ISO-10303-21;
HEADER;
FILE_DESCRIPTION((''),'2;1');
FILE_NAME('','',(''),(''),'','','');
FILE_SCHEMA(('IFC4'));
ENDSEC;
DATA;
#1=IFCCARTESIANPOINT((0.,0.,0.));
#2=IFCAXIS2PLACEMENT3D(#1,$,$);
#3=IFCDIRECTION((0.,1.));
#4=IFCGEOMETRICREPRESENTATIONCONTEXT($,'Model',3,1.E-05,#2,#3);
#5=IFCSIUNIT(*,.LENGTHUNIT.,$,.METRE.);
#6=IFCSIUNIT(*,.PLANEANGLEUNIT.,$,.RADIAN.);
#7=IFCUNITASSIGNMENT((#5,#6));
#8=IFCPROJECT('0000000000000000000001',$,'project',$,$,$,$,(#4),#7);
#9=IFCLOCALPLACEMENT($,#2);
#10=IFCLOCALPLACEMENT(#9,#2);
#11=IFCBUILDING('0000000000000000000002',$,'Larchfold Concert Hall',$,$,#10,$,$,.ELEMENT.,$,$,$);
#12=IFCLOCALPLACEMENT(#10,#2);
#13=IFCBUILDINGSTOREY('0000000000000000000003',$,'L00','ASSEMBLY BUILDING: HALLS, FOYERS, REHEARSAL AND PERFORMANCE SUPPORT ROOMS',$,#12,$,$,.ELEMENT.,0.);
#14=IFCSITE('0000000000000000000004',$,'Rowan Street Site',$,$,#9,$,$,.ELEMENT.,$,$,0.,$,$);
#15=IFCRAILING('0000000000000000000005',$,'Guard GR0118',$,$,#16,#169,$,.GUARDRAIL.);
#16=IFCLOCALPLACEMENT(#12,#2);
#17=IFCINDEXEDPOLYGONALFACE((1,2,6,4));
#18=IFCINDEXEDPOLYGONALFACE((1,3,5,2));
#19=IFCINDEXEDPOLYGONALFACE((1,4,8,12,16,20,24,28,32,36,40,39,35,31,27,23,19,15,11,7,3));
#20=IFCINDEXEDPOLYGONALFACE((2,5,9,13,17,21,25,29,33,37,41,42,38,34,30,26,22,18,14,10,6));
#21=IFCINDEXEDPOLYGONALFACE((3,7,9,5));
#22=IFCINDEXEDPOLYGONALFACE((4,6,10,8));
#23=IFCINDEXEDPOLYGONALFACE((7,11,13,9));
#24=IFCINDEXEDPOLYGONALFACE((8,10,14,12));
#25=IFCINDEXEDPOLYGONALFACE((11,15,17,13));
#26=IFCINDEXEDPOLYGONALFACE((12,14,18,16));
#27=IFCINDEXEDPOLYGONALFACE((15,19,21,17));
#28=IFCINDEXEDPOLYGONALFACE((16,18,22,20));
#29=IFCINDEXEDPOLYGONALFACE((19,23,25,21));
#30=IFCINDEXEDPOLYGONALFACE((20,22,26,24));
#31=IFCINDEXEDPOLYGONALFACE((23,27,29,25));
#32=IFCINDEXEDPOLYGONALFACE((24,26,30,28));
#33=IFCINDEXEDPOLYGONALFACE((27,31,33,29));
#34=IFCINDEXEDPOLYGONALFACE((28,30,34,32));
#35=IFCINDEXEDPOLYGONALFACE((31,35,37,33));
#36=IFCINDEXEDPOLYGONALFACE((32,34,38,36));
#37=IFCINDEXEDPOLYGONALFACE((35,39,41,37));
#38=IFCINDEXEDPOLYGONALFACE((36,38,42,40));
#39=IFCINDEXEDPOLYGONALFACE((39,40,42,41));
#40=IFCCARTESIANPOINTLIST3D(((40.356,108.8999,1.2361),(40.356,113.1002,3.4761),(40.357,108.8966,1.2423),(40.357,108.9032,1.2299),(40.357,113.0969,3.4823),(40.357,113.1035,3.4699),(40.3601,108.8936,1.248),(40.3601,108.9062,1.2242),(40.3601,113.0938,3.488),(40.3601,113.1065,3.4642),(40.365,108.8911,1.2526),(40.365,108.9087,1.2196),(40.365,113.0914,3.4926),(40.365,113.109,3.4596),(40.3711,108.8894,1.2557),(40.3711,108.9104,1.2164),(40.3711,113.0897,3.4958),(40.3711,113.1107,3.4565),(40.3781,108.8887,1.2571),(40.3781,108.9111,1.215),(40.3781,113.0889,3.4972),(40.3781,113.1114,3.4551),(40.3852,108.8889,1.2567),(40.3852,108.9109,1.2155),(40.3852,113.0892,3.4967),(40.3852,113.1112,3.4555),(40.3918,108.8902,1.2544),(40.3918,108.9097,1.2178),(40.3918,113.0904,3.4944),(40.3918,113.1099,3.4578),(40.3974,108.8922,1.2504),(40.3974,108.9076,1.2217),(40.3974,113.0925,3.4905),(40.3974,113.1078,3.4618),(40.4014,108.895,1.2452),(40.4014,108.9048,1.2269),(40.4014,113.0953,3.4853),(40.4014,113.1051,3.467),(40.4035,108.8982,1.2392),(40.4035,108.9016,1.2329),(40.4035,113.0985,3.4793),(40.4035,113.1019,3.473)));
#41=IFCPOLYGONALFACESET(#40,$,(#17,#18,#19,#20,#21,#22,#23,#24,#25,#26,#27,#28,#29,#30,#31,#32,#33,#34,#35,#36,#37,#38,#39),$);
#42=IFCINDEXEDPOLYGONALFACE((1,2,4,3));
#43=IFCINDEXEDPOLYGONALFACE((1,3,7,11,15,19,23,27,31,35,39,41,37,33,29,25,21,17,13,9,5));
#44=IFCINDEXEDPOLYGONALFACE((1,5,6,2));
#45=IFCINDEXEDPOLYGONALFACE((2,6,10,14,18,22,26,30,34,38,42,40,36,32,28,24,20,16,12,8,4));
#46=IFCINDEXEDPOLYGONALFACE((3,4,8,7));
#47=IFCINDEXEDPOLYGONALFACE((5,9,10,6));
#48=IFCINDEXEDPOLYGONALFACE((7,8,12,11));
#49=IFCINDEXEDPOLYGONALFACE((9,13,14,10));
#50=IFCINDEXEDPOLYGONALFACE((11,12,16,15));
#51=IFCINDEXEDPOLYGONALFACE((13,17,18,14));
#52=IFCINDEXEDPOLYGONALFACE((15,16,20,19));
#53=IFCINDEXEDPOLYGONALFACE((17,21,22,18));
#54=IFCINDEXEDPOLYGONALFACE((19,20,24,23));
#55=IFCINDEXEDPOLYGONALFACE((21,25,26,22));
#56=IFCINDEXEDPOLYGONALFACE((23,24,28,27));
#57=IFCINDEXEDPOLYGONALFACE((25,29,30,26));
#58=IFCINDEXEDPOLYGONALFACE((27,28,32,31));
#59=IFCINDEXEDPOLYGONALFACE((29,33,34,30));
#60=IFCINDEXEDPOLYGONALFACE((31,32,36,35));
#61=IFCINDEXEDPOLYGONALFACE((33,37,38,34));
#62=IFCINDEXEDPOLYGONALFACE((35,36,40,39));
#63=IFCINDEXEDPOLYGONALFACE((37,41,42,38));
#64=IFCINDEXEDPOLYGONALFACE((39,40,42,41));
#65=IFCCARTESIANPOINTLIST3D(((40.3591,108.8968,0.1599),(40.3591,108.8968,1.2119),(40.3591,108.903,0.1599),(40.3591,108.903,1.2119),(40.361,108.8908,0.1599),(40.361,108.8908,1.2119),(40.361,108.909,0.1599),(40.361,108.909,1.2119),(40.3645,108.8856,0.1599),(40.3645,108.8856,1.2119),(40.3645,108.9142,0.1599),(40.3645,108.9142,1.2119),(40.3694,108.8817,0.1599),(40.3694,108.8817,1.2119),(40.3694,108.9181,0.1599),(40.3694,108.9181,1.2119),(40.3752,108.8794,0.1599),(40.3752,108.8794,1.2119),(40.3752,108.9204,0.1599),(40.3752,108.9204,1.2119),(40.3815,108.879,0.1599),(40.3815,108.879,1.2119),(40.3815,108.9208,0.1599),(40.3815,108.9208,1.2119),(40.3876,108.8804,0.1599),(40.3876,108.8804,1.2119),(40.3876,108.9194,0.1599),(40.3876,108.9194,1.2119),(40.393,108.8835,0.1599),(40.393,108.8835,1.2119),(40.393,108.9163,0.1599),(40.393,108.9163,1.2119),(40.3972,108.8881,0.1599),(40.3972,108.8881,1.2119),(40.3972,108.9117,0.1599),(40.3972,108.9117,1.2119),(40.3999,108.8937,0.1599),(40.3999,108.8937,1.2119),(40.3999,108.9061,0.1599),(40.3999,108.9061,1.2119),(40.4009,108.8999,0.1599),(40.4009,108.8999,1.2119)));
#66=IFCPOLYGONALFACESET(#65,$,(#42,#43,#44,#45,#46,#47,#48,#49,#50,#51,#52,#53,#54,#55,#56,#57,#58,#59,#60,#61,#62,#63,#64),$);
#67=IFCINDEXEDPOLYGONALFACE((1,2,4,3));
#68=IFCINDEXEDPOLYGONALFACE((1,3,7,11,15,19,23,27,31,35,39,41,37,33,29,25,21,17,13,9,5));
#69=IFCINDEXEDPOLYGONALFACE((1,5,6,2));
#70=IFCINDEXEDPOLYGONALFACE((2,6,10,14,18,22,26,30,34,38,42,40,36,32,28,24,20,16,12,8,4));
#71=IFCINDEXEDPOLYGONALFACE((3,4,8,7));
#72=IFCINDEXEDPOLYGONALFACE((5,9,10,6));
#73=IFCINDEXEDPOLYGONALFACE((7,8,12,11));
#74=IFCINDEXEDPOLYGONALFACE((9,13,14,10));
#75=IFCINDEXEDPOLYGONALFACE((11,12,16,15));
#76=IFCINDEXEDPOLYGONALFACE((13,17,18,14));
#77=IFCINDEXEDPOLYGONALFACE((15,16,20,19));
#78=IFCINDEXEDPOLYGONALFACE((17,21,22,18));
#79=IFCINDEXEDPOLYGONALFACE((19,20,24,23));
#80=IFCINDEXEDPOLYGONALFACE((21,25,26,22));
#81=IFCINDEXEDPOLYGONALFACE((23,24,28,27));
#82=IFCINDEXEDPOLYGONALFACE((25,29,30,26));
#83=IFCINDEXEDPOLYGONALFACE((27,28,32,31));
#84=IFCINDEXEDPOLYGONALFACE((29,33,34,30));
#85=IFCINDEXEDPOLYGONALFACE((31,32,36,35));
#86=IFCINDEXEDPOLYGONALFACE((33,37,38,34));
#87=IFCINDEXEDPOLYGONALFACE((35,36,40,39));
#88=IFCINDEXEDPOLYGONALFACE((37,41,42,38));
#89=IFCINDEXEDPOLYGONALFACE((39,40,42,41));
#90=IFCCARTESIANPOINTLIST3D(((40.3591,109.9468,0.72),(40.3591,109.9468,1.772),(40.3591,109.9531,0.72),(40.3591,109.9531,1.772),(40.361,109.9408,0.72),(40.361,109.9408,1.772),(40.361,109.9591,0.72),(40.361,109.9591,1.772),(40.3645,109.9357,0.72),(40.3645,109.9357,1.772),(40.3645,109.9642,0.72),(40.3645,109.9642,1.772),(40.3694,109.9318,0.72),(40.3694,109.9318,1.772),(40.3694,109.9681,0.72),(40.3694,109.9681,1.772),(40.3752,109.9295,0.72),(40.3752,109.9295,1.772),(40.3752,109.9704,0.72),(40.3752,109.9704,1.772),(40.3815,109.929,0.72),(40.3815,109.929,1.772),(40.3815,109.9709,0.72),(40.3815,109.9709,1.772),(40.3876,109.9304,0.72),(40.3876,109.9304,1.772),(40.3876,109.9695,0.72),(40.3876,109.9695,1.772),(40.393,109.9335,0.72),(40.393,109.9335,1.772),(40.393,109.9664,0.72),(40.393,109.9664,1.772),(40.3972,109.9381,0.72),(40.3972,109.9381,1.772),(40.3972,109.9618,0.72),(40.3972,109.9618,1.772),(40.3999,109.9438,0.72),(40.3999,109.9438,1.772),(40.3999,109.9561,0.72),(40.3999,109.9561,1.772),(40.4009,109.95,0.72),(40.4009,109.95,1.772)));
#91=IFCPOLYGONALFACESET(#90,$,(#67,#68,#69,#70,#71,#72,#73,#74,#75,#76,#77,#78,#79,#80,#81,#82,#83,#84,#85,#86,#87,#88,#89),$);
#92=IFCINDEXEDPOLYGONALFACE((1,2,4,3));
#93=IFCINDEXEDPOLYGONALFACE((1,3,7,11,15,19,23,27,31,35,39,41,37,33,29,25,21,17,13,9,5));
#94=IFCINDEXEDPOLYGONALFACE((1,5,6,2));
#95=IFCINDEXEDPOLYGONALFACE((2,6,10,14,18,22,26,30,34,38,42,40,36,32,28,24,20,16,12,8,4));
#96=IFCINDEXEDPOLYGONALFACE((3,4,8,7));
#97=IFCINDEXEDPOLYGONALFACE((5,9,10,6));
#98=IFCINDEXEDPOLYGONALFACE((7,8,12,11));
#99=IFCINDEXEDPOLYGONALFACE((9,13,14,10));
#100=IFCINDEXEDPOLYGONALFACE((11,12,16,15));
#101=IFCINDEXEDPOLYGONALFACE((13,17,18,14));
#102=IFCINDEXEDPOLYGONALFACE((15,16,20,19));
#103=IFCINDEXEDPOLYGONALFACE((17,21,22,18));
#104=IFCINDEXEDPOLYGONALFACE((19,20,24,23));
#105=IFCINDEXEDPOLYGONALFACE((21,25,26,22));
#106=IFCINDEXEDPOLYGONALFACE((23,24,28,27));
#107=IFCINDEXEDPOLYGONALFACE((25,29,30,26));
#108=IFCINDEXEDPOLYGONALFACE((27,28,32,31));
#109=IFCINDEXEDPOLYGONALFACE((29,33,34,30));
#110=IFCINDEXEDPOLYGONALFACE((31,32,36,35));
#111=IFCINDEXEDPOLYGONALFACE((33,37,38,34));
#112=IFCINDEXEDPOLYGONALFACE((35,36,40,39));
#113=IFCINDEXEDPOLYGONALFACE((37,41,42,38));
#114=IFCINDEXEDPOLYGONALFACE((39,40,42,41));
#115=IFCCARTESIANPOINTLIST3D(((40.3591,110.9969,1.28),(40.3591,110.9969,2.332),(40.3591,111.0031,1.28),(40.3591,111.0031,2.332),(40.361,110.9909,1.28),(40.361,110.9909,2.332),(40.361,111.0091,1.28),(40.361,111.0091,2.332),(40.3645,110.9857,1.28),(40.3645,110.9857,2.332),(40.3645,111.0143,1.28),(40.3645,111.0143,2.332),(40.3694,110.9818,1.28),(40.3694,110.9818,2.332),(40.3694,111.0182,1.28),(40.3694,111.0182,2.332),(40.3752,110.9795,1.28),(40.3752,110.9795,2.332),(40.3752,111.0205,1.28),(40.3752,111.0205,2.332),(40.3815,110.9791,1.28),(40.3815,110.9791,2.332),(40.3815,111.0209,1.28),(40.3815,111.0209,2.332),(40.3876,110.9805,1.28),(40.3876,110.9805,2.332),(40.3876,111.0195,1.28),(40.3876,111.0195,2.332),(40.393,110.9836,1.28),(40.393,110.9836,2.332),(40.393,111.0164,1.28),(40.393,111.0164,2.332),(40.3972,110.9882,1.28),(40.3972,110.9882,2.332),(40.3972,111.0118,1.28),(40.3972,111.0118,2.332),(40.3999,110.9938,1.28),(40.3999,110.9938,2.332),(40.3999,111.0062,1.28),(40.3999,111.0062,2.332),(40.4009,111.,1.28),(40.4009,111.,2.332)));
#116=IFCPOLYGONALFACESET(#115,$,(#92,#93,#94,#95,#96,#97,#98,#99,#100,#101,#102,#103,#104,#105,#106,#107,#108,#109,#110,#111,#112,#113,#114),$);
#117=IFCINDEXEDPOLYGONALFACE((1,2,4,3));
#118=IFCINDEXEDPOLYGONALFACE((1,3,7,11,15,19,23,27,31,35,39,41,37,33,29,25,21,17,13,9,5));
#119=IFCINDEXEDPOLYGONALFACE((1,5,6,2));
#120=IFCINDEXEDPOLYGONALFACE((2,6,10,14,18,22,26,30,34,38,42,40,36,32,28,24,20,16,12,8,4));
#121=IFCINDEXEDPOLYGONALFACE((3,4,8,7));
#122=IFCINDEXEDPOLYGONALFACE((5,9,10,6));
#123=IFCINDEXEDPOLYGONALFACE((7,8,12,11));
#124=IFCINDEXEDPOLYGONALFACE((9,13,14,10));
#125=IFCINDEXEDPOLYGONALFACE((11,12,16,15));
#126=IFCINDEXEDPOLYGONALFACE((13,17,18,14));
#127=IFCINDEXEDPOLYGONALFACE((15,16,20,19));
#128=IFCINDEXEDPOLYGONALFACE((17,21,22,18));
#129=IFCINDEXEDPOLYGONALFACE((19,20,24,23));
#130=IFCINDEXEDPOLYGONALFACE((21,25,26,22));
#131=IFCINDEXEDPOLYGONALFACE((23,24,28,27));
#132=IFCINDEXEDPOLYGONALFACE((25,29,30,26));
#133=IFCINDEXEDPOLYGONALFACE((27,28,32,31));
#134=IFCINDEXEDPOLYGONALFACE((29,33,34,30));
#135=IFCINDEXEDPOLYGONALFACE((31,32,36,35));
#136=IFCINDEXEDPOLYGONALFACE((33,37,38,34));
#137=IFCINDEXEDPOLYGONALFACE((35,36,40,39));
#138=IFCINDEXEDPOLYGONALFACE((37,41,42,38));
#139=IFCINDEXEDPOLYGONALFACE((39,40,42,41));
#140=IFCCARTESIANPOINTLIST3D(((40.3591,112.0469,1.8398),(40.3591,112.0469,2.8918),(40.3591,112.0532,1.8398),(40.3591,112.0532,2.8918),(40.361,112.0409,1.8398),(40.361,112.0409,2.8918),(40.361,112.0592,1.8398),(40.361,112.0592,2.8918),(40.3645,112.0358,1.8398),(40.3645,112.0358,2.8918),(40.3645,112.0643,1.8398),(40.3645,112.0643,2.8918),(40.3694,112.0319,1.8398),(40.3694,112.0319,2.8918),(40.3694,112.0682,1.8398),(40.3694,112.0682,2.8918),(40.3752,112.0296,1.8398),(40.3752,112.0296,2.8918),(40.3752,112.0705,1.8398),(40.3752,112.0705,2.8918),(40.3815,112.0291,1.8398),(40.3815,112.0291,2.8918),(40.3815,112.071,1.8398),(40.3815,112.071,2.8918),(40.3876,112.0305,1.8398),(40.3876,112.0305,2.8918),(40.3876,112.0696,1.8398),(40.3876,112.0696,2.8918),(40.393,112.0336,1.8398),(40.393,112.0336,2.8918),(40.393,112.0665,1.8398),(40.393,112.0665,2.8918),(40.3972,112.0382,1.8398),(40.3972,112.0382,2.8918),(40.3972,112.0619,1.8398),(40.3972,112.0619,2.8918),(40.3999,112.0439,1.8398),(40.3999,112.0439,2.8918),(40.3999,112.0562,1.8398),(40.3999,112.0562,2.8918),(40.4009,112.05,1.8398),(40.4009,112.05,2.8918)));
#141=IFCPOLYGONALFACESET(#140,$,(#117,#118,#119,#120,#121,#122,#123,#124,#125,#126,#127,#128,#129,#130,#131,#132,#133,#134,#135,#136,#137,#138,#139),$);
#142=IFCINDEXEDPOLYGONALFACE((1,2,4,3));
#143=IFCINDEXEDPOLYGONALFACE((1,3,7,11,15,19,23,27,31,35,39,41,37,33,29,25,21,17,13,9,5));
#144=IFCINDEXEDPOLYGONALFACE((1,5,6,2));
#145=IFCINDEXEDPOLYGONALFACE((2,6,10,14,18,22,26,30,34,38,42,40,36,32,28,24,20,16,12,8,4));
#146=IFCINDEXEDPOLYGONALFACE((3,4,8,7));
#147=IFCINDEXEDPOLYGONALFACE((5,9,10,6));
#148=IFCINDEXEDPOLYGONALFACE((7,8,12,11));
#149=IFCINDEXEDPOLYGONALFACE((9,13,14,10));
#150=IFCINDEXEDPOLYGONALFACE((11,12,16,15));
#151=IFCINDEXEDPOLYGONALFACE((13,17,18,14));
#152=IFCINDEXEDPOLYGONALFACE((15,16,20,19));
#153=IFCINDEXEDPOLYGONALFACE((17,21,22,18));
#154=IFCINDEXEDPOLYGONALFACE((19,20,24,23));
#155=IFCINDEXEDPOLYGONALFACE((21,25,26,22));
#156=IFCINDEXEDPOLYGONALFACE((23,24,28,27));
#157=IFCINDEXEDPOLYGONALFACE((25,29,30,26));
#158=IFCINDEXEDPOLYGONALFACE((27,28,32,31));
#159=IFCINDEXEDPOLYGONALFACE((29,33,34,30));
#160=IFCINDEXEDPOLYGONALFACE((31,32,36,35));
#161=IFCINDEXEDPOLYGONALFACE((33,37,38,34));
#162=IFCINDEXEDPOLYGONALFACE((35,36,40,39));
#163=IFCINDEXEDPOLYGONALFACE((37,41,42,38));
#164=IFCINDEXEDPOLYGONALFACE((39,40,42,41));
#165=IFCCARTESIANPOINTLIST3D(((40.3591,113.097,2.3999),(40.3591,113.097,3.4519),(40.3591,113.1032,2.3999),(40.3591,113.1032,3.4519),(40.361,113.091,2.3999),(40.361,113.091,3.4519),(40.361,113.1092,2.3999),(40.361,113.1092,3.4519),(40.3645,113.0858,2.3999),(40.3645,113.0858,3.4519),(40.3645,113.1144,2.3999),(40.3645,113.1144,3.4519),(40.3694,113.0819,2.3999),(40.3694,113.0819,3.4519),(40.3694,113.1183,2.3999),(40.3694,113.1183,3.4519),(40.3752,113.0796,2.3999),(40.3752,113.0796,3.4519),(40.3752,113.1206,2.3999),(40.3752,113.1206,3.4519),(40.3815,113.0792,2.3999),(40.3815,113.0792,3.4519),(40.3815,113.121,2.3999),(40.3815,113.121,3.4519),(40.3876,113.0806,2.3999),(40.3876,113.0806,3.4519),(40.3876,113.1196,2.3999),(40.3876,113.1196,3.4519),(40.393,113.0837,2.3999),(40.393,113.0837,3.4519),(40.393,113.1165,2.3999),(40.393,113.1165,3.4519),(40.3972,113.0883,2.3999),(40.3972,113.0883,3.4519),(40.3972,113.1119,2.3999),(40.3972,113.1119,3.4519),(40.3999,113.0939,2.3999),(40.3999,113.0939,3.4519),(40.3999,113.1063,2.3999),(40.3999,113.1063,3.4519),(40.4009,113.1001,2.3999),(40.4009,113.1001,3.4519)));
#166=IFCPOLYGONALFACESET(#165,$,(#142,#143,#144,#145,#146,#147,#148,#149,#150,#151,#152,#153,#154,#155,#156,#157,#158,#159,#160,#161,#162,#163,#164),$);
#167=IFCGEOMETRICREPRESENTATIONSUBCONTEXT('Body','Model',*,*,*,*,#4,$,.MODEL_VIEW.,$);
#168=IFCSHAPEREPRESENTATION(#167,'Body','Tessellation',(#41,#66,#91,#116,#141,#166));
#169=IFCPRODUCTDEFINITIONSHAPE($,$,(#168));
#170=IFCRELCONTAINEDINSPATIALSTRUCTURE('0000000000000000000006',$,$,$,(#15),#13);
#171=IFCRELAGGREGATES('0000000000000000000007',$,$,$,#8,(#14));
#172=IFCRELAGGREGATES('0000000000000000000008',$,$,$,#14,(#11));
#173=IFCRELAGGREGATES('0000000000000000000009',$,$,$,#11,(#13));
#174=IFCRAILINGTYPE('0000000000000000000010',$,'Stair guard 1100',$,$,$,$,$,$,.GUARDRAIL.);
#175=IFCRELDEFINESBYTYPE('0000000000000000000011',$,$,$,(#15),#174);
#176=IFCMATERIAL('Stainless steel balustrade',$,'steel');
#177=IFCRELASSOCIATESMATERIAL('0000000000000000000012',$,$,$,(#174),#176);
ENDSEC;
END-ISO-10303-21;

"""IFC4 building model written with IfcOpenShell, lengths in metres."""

from ifc_helpers import new_model, si_unit, direction, frame, origin, origin_2d, place, context, subcontext, project, spatial, circle, extrude, material, type_object, element, save


model = new_model("IFC4")

# Units and contexts
model_context = context("Model", 3, precision=1e-05, world=origin(), true_north=direction((0.0, 1.0)))
body_context = subcontext(model_context, "Body", "Model", "MODEL_VIEW")
ifc_project = project(units=[si_unit("LENGTHUNIT", "METRE"), si_unit("PLANEANGLEUNIT", "RADIAN")], contexts=[model_context])

# Site, building, storey
site_placement = place(None, origin())
site = spatial("IfcSite", under=ifc_project, at=site_placement, Name="Rowan Street Site", CompositionType="ELEMENT", RefElevation=0.0)
building_placement = place(site_placement, origin())
building = spatial("IfcBuilding", under=site, at=building_placement, Name="Larchfold Concert Hall", CompositionType="ELEMENT")
storey_placement = place(building_placement, origin())
storey = spatial("IfcBuildingStorey", under=building, at=storey_placement, Name="L00", Description="ASSEMBLY BUILDING: HALLS, FOYERS, REHEARSAL AND PERFORMANCE SUPPORT ROOMS", CompositionType="ELEMENT", Elevation=0.0)

# Railing
ifc_material_1 = material(Name="Stainless steel balustrade", Category="steel")
railing_type = type_object("IfcRailingType", Name="Stair guard 1100", PredefinedType="GUARDRAIL", material=ifc_material_1)
railing_1_placement = place(storey_placement, frame((40.3799, 108.8999, 0.1599)))
element("IfcRailing", 1, at=railing_1_placement, inside=storey, type_object=railing_type, Name="Guard GR0118", PredefinedType="GUARDRAIL", context=body_context, shape_type="SweptSolid", body=[
    extrude(circle(Radius=0.0239, at=origin_2d()), frame((0.0, 0.0, 1.0762), z_axis=(0.0, 0.882363, 0.47057), x_axis=(-1.0, 0.0, 0.0)), (0.0, 0.0, 1.0), 4.7603),
    extrude(circle(Radius=0.021, at=origin_2d()), origin(), (0.0, 0.0, 1.0), 1.052),
    extrude(circle(Radius=0.021, at=origin_2d()), frame((0.0, 1.05, 0.5601)), (0.0, 0.0, 1.0), 1.052),
    extrude(circle(Radius=0.021, at=origin_2d()), frame((0.0, 2.1001, 1.1201)), (0.0, 0.0, 1.0), 1.052),
    extrude(circle(Radius=0.021, at=origin_2d()), frame((0.0, 3.1501, 1.6799)), (0.0, 0.0, 1.0), 1.052),
    extrude(circle(Radius=0.021, at=origin_2d()), frame((0.0, 4.2002, 2.24)), (0.0, 0.0, 1.0), 1.052),
])

save(model, "model.ifc")
